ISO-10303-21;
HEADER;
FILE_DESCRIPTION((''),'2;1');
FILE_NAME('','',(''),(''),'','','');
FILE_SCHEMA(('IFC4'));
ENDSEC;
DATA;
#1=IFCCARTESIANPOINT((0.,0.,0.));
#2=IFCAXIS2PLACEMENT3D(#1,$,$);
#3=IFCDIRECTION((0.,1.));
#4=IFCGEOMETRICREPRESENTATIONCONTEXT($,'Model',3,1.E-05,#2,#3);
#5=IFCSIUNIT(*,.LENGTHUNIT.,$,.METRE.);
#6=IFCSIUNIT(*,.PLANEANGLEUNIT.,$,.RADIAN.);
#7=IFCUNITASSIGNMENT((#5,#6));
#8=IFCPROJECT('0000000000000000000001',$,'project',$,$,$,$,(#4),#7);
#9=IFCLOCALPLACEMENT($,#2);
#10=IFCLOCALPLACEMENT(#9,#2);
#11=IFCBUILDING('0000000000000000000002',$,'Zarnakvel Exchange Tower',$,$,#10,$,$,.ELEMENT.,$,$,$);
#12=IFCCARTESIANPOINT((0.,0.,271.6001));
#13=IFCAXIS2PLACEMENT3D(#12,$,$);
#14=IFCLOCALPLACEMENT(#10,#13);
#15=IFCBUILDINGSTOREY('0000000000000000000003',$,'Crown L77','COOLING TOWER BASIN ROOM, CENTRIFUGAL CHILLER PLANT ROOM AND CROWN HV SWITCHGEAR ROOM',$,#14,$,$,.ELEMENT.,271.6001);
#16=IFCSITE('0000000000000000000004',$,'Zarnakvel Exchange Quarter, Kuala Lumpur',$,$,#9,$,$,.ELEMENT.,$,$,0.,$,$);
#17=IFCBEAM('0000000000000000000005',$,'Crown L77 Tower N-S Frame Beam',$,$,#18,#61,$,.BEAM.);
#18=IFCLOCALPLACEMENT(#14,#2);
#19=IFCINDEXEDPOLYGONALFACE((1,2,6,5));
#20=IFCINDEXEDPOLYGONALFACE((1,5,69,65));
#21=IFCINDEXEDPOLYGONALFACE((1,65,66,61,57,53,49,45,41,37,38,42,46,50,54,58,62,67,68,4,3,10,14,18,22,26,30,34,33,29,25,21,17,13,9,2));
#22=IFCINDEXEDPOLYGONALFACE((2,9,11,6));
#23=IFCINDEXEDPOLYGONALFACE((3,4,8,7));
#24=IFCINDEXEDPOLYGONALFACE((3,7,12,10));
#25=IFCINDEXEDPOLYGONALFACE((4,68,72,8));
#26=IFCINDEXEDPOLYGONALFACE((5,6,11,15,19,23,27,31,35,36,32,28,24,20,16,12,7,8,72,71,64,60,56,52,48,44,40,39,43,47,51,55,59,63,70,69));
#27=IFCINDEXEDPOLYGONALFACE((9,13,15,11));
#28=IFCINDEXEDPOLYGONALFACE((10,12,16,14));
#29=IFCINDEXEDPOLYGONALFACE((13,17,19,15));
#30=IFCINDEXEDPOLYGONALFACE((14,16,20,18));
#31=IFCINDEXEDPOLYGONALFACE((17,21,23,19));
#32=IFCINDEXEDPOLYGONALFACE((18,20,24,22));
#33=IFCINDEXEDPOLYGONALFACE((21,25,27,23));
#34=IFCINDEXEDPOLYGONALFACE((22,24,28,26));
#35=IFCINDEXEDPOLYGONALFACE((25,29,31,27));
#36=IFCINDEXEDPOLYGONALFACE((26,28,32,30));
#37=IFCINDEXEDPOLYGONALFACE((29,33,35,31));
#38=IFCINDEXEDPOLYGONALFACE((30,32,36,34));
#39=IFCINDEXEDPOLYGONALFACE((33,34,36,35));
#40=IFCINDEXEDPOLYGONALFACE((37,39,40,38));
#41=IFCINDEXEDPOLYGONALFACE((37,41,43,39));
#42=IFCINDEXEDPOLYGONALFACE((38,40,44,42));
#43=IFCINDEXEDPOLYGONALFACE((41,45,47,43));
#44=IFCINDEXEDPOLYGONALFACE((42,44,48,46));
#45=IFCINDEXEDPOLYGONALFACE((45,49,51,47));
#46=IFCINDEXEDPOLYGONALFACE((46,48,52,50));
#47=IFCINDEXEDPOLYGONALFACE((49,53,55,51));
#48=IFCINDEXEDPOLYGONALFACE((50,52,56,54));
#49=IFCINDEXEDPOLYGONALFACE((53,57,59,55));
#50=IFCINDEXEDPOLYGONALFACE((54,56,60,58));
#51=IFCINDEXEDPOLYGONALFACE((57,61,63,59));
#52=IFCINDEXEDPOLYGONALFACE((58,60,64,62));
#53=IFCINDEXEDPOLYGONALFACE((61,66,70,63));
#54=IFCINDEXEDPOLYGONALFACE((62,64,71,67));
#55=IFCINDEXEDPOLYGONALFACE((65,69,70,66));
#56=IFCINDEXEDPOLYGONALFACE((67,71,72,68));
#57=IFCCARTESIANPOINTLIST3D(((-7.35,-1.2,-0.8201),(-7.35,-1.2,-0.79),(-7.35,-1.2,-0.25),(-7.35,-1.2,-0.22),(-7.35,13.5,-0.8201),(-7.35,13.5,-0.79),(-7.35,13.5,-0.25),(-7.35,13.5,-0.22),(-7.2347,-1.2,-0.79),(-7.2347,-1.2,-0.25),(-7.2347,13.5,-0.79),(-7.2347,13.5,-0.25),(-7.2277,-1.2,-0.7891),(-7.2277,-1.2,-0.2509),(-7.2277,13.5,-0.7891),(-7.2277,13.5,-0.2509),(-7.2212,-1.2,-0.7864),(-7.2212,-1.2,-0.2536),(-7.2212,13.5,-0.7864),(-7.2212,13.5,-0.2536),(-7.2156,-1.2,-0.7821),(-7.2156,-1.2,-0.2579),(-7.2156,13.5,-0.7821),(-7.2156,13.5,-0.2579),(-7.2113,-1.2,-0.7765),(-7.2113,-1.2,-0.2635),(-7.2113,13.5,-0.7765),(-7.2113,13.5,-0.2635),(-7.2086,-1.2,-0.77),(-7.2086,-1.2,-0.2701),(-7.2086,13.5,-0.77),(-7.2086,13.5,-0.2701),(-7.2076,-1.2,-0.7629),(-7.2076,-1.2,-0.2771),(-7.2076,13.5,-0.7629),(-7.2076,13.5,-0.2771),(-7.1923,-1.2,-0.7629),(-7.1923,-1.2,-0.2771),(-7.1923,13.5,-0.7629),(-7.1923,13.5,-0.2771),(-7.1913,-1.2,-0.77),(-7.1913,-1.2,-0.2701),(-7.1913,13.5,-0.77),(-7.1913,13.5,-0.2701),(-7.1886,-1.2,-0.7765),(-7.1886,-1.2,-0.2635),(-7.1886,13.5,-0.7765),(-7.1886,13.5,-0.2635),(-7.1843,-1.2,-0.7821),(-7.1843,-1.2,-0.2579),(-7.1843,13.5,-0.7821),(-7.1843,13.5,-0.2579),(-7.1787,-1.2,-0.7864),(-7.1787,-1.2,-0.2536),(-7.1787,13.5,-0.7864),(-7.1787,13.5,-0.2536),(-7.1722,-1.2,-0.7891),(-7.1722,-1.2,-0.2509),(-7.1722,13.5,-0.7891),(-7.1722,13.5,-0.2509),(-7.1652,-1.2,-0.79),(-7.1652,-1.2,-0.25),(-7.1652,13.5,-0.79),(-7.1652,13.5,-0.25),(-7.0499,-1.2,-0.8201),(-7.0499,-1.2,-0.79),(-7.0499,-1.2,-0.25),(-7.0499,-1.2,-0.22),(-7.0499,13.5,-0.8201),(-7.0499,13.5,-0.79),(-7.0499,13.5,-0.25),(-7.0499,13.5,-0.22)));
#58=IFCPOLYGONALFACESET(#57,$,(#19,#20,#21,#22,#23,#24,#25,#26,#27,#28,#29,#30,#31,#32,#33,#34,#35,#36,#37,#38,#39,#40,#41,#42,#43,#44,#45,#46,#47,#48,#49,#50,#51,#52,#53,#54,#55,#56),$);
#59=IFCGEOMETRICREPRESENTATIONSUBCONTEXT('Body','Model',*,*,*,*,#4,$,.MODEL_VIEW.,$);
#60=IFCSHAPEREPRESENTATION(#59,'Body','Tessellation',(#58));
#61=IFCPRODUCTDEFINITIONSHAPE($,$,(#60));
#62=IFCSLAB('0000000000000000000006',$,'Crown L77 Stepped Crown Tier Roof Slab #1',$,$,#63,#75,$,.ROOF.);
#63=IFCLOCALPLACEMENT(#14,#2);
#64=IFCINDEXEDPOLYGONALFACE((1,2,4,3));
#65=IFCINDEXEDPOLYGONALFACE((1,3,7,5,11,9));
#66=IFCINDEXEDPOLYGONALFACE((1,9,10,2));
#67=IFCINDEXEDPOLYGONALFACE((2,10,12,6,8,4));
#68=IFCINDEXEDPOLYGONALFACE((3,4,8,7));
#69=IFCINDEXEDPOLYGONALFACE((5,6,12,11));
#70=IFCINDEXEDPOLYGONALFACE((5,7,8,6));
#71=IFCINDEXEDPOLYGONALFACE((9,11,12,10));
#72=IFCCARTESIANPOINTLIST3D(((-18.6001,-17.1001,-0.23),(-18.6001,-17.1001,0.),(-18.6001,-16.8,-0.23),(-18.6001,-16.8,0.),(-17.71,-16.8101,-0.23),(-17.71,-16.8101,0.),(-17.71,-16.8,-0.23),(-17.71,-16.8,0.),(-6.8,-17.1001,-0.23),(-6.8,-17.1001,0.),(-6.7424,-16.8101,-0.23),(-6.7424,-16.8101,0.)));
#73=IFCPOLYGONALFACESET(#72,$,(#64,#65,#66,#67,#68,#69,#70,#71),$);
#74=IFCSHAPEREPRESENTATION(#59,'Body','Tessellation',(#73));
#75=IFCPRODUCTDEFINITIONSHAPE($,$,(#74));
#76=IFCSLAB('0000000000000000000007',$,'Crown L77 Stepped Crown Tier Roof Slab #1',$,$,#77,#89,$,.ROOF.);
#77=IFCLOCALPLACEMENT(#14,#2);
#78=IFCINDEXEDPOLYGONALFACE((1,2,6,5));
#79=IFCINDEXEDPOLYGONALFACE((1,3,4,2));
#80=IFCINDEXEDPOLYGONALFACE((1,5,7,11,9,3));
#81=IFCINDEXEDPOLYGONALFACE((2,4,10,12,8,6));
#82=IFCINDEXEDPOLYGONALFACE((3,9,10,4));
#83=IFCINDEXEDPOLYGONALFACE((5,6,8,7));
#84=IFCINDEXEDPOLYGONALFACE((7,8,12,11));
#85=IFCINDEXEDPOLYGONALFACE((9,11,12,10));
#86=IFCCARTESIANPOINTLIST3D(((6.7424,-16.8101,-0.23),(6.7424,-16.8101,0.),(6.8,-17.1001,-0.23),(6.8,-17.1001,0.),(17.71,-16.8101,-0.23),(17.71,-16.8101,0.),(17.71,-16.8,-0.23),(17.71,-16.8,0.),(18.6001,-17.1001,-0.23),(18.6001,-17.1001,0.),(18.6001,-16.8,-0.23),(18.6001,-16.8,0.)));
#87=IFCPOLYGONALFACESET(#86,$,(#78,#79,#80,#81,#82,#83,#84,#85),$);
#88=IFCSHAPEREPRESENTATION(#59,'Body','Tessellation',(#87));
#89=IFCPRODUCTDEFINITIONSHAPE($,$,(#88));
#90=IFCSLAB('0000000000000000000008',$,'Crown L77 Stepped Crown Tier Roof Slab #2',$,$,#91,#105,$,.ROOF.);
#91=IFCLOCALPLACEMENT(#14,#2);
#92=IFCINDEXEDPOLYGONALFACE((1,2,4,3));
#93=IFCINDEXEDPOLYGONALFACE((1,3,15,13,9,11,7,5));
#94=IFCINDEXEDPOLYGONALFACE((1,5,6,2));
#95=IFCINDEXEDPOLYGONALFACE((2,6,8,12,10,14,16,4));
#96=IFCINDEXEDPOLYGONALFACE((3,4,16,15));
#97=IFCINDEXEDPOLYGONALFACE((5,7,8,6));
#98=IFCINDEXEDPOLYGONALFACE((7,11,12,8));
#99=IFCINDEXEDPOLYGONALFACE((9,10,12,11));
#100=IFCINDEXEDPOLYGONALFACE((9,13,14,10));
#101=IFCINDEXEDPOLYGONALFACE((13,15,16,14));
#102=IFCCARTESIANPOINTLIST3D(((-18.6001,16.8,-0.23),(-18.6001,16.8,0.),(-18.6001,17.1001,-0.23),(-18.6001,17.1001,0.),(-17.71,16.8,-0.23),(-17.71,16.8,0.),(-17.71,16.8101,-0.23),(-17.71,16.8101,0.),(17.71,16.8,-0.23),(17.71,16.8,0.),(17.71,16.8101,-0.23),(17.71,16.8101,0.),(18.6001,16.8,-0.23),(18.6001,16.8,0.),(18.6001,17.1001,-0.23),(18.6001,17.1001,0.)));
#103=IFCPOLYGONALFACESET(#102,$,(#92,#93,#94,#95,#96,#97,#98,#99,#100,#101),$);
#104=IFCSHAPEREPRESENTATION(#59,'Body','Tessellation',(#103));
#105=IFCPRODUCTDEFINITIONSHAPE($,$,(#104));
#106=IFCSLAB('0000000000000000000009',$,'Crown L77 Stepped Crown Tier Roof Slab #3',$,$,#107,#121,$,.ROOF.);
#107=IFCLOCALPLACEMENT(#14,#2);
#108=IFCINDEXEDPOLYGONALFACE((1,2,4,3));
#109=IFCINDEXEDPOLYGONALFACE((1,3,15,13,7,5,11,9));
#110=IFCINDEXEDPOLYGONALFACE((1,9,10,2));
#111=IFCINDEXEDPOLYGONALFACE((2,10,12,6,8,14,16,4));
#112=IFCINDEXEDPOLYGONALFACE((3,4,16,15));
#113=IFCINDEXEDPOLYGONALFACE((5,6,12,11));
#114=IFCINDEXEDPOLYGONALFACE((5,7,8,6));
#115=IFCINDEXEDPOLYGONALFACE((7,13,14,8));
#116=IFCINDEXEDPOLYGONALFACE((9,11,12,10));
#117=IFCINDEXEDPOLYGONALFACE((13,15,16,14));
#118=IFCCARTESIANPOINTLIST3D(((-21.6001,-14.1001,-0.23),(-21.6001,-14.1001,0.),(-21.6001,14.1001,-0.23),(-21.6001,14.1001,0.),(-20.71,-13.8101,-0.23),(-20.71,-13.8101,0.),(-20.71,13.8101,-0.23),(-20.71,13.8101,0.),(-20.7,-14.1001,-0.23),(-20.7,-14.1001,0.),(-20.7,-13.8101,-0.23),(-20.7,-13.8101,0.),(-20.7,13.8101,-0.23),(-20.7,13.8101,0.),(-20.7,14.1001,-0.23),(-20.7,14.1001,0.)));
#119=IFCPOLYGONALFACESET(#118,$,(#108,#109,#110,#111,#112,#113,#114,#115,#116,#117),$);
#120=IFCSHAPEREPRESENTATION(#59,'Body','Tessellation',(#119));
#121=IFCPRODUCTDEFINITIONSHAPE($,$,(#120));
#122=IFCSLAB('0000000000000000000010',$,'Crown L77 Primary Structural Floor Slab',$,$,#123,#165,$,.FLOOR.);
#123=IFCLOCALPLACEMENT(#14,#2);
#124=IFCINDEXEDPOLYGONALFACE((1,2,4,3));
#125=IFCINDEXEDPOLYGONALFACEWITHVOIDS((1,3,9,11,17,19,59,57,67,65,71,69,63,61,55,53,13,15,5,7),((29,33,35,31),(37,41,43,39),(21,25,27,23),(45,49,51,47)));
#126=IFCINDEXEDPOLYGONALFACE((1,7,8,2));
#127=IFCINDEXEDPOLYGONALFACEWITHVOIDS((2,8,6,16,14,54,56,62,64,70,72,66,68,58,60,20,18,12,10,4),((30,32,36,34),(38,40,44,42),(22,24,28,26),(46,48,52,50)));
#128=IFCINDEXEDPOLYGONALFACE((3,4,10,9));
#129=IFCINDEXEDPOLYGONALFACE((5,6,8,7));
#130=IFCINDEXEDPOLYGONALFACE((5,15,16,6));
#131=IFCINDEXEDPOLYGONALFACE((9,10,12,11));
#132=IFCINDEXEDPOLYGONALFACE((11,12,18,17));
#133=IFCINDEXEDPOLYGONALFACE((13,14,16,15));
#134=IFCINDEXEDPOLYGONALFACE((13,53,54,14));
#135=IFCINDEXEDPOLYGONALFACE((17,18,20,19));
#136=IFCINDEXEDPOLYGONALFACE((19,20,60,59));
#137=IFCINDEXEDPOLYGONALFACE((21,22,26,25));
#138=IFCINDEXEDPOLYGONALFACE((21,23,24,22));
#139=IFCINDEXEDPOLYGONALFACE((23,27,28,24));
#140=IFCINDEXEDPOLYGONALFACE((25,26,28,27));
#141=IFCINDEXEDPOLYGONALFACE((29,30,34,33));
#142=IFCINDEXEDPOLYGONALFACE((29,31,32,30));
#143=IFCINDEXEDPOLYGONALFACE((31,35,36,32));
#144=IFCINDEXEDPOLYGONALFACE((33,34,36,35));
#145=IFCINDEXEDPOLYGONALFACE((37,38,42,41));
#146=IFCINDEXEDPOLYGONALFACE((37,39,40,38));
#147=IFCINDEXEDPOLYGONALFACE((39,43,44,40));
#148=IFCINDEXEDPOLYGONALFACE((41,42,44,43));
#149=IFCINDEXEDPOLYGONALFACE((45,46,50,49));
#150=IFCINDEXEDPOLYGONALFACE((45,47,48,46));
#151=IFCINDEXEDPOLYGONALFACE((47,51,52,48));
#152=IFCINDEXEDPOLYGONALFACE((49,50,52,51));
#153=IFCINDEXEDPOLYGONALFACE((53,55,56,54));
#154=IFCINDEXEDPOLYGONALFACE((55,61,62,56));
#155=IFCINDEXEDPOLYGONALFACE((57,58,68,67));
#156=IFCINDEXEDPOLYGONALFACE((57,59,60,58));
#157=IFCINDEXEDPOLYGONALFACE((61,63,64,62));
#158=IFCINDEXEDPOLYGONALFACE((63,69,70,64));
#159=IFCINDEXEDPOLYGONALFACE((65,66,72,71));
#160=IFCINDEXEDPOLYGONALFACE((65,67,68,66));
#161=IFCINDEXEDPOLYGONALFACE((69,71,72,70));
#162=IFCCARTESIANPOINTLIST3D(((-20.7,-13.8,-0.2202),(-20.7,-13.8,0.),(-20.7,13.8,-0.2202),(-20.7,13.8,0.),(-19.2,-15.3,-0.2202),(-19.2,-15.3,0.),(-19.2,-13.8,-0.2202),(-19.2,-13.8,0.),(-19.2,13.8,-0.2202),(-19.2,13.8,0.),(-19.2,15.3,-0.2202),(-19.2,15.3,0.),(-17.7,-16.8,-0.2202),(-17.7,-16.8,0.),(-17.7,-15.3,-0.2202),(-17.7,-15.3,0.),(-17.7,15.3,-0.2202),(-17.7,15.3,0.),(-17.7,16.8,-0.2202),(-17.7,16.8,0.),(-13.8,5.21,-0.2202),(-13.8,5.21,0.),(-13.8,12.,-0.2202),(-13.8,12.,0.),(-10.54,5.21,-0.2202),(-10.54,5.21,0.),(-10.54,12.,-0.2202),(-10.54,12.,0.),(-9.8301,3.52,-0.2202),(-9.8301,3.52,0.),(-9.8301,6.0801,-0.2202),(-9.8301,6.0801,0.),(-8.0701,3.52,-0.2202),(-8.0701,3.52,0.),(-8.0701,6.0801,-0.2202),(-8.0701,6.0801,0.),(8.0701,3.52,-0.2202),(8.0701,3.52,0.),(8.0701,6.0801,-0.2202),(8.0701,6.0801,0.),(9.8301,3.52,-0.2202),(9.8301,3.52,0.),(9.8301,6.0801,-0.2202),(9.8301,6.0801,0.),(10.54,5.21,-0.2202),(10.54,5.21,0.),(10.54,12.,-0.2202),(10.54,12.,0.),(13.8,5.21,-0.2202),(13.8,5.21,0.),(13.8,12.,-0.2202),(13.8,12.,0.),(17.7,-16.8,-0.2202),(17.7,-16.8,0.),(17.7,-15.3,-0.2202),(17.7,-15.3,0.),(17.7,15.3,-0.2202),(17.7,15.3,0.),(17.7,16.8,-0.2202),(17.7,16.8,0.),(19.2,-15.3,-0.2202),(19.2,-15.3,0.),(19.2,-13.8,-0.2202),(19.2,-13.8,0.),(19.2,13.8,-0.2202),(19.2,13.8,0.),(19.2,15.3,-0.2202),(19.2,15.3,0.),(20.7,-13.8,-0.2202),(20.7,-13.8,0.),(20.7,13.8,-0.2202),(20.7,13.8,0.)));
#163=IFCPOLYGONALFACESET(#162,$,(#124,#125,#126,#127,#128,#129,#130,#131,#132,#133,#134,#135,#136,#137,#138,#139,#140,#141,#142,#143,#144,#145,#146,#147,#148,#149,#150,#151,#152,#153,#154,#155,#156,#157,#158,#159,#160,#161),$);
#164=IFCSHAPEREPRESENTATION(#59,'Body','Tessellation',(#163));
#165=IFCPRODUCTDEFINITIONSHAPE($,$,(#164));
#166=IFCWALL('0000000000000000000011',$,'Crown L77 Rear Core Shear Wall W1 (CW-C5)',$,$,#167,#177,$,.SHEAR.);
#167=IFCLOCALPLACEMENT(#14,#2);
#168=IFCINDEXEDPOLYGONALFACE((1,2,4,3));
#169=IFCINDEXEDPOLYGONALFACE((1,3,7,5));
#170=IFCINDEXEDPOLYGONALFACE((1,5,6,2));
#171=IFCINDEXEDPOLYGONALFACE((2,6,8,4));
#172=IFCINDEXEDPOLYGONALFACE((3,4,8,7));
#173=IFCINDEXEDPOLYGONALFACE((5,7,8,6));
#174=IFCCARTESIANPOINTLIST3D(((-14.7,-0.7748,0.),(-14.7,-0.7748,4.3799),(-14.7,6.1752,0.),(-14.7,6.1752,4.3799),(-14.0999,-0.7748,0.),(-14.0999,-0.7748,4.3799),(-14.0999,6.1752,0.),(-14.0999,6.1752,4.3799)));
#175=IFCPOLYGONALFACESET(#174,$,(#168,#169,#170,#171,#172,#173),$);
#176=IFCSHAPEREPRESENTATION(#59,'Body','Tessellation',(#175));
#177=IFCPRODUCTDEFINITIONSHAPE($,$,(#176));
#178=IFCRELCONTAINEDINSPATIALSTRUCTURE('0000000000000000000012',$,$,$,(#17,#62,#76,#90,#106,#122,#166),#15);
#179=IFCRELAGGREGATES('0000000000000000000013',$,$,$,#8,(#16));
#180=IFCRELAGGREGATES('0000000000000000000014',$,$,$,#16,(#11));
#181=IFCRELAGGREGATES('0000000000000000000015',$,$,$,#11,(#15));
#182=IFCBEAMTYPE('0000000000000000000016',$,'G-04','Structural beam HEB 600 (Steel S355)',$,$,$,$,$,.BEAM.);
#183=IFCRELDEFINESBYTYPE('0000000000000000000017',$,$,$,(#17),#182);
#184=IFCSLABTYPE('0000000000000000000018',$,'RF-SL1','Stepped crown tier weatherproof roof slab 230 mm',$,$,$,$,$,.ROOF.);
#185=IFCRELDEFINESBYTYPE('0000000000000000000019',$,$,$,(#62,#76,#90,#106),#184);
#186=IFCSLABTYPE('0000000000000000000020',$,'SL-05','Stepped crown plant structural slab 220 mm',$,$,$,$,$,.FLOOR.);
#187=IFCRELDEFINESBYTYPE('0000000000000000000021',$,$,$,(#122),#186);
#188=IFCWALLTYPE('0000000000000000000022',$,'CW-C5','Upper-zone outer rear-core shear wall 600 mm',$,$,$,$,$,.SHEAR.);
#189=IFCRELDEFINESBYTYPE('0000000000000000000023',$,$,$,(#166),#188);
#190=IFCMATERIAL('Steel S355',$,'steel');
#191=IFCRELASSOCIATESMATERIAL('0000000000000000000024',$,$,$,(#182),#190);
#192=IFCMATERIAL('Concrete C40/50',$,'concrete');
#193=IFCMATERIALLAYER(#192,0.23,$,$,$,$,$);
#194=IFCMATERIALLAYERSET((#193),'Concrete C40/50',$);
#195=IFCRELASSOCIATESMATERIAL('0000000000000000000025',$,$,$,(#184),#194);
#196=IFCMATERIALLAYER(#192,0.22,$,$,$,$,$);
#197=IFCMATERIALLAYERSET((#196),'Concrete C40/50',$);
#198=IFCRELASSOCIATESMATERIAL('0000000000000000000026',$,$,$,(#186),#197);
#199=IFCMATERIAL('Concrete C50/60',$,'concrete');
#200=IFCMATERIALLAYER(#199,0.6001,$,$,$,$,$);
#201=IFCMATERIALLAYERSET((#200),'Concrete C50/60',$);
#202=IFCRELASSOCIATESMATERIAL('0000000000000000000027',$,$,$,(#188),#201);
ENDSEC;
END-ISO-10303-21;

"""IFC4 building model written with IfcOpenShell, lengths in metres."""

from ifc_helpers import new_model, si_unit, direction, frame, frame_2d, origin, origin_2d, place, context, subcontext, project, spatial, polyline, rectangle, i_section, outline, extrude, material, layer, layer_set, material_profile, profile_set, type_object, element, save


model = new_model("IFC4")

# Units and contexts
model_context = context("Model", 3, precision=1e-05, world=origin(), true_north=direction((0.0, 1.0)))
body_context = subcontext(model_context, "Body", "Model", "MODEL_VIEW")
ifc_project = project(units=[si_unit("LENGTHUNIT", "METRE"), si_unit("PLANEANGLEUNIT", "RADIAN")], contexts=[model_context])

# Site, building, storey
site_placement = place(None, origin())
site = spatial("IfcSite", under=ifc_project, at=site_placement, Name="Zarnakvel Exchange Quarter, Kuala Lumpur", CompositionType="ELEMENT", RefElevation=0.0)
building_placement = place(site_placement, origin())
building = spatial("IfcBuilding", under=site, at=building_placement, Name="Zarnakvel Exchange Tower", CompositionType="ELEMENT")
storey_placement = place(building_placement, frame((0.0, 0.0, 271.6001)))
storey = spatial("IfcBuildingStorey", under=building, at=storey_placement, Name="Crown L77", Description="COOLING TOWER BASIN ROOM, CENTRIFUGAL CHILLER PLANT ROOM AND CROWN HV SWITCHGEAR ROOM", CompositionType="ELEMENT", Elevation=271.6001)

# Shared definitions
ifc_material_1 = material(Name="Concrete C50/60", Category="concrete")

# Beam
ifc_material_2 = material(Name="Steel S355", Category="steel")
ifc_material_profile_1 = material_profile(ifc_material_2, i_section(OverallWidth=0.3, OverallDepth=0.6001, WebThickness=0.0154, FlangeThickness=0.03, FilletRadius=0.0271, at=origin_2d()))
ifc_profile_set_1 = profile_set([ifc_material_profile_1], Name="Steel S355")
beam_type_1 = type_object("IfcBeamType", Name="G-04", Description="Structural beam HEB 600 (Steel S355)", PredefinedType="BEAM", material=ifc_profile_set_1)
beam_1_placement = place(storey_placement, frame((-7.2, -1.2, -0.52), z_axis=(0.0, 1.0, 0.0), x_axis=(-1.0, 0.0, 0.0)))
element("IfcBeam", 1, at=beam_1_placement, inside=storey, type_object=beam_type_1, Name="Crown L77 Tower N-S Frame Beam", PredefinedType="BEAM", context=body_context, shape_type="SweptSolid", body=[
    extrude(i_section(OverallWidth=0.3, OverallDepth=0.6001, WebThickness=0.0154, FlangeThickness=0.03, FilletRadius=0.0271, at=origin_2d()), origin(), (0.0, 0.0, 1.0), 14.7),
])

# Slabs
ifc_material_3 = material(Name="Concrete C40/50", Category="concrete")
ifc_layer_1 = layer(ifc_material_3, 0.23)
ifc_layer_set_1 = layer_set([ifc_layer_1], Name="Concrete C40/50")
slab_type_1 = type_object("IfcSlabType", Name="RF-SL1", Description="Stepped crown tier weatherproof roof slab 230 mm", PredefinedType="ROOF", material=ifc_layer_set_1)
slab_1_placement = place(storey_placement, frame((0.0, 0.0, -0.23)))
element("IfcSlab", 2, at=slab_1_placement, inside=storey, type_object=slab_type_1, Name="Crown L77 Stepped Crown Tier Roof Slab #1", PredefinedType="ROOF", context=body_context, shape_type="SweptSolid", body=[
    extrude(outline(polyline([(-18.6001, -17.1001), (-18.6001, -16.8), (-17.71, -16.8), (-17.71, -16.8101), (-6.7424, -16.8101), (-6.8, -17.1001), (-18.6001, -17.1001)])), origin(), (0.0, 0.0, 1.0), 0.23),
])
slab_2_placement = place(storey_placement, frame((0.0, 0.0, -0.23)))
element("IfcSlab", 3, at=slab_2_placement, inside=storey, type_object=slab_type_1, Name="Crown L77 Stepped Crown Tier Roof Slab #1", PredefinedType="ROOF", context=body_context, shape_type="SweptSolid", body=[
    extrude(outline(polyline([(18.6001, -17.1001), (6.8, -17.1001), (6.7424, -16.8101), (17.71, -16.8101), (17.71, -16.8), (18.6001, -16.8), (18.6001, -17.1001)])), origin(), (0.0, 0.0, 1.0), 0.23),
])
slab_3_placement = place(storey_placement, frame((0.0, 0.0, -0.23)))
element("IfcSlab", 4, at=slab_3_placement, inside=storey, type_object=slab_type_1, Name="Crown L77 Stepped Crown Tier Roof Slab #2", PredefinedType="ROOF", context=body_context, shape_type="SweptSolid", body=[
    extrude(outline(polyline([(-18.6001, 17.1001), (18.6001, 17.1001), (18.6001, 16.8), (17.71, 16.8), (17.71, 16.8101), (-17.71, 16.8101), (-17.71, 16.8), (-18.6001, 16.8), (-18.6001, 17.1001)])), origin(), (0.0, 0.0, 1.0), 0.23),
])
slab_4_placement = place(storey_placement, frame((0.0, 0.0, -0.23)))
element("IfcSlab", 5, at=slab_4_placement, inside=storey, type_object=slab_type_1, Name="Crown L77 Stepped Crown Tier Roof Slab #3", PredefinedType="ROOF", context=body_context, shape_type="SweptSolid", body=[
    extrude(outline(polyline([(-21.6001, -14.1001), (-21.6001, 14.1001), (-20.7, 14.1001), (-20.7, 13.8101), (-20.71, 13.8101), (-20.71, -13.8101), (-20.7, -13.8101), (-20.7, -14.1001), (-21.6001, -14.1001)])), origin(), (0.0, 0.0, 1.0), 0.23),
])
ifc_layer_2 = layer(ifc_material_3, 0.22)
ifc_layer_set_2 = layer_set([ifc_layer_2], Name="Concrete C40/50")
slab_type_2 = type_object("IfcSlabType", Name="SL-05", Description="Stepped crown plant structural slab 220 mm", PredefinedType="FLOOR", material=ifc_layer_set_2)
slab_5_placement = place(storey_placement, frame((0.0, 0.0, -0.2202)))
element("IfcSlab", 6, at=slab_5_placement, inside=storey, type_object=slab_type_2, Name="Crown L77 Primary Structural Floor Slab", PredefinedType="FLOOR", context=body_context, shape_type="SweptSolid", body=[
    extrude(outline(polyline([(-20.7, -13.8), (-19.2, -13.8), (-19.2, -15.3), (-17.7, -15.3), (-17.7, -16.8), (17.7, -16.8), (17.7, -15.3), (19.2, -15.3), (19.2, -13.8), (20.7, -13.8), (20.7, 13.8), (19.2, 13.8), (19.2, 15.3), (17.7, 15.3), (17.7, 16.8), (-17.7, 16.8), (-17.7, 15.3), (-19.2, 15.3), (-19.2, 13.8), (-20.7, 13.8), (-20.7, -13.8)]), holes=[polyline([(-13.8, 5.21), (-10.54, 5.21), (-10.54, 12.0), (-13.8, 12.0), (-13.8, 5.21)]), polyline([(10.54, 5.21), (13.8, 5.21), (13.8, 12.0), (10.54, 12.0), (10.54, 5.21)]), polyline([(-9.8301, 3.52), (-8.0701, 3.52), (-8.0701, 6.0801), (-9.8301, 6.0801), (-9.8301, 3.52)]), polyline([(8.0701, 3.52), (9.8301, 3.52), (9.8301, 6.0801), (8.0701, 6.0801), (8.0701, 3.52)])]), origin(), (0.0, 0.0, 1.0), 0.2202),
])

# Wall
ifc_layer_3 = layer(ifc_material_1, 0.6001)
ifc_layer_set_3 = layer_set([ifc_layer_3], Name="Concrete C50/60")
wall_type_1 = type_object("IfcWallType", Name="CW-C5", Description="Upper-zone outer rear-core shear wall 600 mm", PredefinedType="SHEAR", material=ifc_layer_set_3)
wall_1_placement = place(storey_placement, frame((-14.3999, -0.7749, 0.0), z_axis=(0.0, 0.0, 1.0), x_axis=(0.0, 1.0, 0.0)))
element("IfcWall", 7, at=wall_1_placement, inside=storey, type_object=wall_type_1, Name="Crown L77 Rear Core Shear Wall W1 (CW-C5)", PredefinedType="SHEAR", context=body_context, shape_type="SweptSolid", body=[
    extrude(rectangle(XDim=6.95, YDim=0.6001, at=frame_2d((3.4751, 0.0))), origin(), (0.0, 0.0, 1.0), 4.3799),
])

save(model, "model.ifc")
